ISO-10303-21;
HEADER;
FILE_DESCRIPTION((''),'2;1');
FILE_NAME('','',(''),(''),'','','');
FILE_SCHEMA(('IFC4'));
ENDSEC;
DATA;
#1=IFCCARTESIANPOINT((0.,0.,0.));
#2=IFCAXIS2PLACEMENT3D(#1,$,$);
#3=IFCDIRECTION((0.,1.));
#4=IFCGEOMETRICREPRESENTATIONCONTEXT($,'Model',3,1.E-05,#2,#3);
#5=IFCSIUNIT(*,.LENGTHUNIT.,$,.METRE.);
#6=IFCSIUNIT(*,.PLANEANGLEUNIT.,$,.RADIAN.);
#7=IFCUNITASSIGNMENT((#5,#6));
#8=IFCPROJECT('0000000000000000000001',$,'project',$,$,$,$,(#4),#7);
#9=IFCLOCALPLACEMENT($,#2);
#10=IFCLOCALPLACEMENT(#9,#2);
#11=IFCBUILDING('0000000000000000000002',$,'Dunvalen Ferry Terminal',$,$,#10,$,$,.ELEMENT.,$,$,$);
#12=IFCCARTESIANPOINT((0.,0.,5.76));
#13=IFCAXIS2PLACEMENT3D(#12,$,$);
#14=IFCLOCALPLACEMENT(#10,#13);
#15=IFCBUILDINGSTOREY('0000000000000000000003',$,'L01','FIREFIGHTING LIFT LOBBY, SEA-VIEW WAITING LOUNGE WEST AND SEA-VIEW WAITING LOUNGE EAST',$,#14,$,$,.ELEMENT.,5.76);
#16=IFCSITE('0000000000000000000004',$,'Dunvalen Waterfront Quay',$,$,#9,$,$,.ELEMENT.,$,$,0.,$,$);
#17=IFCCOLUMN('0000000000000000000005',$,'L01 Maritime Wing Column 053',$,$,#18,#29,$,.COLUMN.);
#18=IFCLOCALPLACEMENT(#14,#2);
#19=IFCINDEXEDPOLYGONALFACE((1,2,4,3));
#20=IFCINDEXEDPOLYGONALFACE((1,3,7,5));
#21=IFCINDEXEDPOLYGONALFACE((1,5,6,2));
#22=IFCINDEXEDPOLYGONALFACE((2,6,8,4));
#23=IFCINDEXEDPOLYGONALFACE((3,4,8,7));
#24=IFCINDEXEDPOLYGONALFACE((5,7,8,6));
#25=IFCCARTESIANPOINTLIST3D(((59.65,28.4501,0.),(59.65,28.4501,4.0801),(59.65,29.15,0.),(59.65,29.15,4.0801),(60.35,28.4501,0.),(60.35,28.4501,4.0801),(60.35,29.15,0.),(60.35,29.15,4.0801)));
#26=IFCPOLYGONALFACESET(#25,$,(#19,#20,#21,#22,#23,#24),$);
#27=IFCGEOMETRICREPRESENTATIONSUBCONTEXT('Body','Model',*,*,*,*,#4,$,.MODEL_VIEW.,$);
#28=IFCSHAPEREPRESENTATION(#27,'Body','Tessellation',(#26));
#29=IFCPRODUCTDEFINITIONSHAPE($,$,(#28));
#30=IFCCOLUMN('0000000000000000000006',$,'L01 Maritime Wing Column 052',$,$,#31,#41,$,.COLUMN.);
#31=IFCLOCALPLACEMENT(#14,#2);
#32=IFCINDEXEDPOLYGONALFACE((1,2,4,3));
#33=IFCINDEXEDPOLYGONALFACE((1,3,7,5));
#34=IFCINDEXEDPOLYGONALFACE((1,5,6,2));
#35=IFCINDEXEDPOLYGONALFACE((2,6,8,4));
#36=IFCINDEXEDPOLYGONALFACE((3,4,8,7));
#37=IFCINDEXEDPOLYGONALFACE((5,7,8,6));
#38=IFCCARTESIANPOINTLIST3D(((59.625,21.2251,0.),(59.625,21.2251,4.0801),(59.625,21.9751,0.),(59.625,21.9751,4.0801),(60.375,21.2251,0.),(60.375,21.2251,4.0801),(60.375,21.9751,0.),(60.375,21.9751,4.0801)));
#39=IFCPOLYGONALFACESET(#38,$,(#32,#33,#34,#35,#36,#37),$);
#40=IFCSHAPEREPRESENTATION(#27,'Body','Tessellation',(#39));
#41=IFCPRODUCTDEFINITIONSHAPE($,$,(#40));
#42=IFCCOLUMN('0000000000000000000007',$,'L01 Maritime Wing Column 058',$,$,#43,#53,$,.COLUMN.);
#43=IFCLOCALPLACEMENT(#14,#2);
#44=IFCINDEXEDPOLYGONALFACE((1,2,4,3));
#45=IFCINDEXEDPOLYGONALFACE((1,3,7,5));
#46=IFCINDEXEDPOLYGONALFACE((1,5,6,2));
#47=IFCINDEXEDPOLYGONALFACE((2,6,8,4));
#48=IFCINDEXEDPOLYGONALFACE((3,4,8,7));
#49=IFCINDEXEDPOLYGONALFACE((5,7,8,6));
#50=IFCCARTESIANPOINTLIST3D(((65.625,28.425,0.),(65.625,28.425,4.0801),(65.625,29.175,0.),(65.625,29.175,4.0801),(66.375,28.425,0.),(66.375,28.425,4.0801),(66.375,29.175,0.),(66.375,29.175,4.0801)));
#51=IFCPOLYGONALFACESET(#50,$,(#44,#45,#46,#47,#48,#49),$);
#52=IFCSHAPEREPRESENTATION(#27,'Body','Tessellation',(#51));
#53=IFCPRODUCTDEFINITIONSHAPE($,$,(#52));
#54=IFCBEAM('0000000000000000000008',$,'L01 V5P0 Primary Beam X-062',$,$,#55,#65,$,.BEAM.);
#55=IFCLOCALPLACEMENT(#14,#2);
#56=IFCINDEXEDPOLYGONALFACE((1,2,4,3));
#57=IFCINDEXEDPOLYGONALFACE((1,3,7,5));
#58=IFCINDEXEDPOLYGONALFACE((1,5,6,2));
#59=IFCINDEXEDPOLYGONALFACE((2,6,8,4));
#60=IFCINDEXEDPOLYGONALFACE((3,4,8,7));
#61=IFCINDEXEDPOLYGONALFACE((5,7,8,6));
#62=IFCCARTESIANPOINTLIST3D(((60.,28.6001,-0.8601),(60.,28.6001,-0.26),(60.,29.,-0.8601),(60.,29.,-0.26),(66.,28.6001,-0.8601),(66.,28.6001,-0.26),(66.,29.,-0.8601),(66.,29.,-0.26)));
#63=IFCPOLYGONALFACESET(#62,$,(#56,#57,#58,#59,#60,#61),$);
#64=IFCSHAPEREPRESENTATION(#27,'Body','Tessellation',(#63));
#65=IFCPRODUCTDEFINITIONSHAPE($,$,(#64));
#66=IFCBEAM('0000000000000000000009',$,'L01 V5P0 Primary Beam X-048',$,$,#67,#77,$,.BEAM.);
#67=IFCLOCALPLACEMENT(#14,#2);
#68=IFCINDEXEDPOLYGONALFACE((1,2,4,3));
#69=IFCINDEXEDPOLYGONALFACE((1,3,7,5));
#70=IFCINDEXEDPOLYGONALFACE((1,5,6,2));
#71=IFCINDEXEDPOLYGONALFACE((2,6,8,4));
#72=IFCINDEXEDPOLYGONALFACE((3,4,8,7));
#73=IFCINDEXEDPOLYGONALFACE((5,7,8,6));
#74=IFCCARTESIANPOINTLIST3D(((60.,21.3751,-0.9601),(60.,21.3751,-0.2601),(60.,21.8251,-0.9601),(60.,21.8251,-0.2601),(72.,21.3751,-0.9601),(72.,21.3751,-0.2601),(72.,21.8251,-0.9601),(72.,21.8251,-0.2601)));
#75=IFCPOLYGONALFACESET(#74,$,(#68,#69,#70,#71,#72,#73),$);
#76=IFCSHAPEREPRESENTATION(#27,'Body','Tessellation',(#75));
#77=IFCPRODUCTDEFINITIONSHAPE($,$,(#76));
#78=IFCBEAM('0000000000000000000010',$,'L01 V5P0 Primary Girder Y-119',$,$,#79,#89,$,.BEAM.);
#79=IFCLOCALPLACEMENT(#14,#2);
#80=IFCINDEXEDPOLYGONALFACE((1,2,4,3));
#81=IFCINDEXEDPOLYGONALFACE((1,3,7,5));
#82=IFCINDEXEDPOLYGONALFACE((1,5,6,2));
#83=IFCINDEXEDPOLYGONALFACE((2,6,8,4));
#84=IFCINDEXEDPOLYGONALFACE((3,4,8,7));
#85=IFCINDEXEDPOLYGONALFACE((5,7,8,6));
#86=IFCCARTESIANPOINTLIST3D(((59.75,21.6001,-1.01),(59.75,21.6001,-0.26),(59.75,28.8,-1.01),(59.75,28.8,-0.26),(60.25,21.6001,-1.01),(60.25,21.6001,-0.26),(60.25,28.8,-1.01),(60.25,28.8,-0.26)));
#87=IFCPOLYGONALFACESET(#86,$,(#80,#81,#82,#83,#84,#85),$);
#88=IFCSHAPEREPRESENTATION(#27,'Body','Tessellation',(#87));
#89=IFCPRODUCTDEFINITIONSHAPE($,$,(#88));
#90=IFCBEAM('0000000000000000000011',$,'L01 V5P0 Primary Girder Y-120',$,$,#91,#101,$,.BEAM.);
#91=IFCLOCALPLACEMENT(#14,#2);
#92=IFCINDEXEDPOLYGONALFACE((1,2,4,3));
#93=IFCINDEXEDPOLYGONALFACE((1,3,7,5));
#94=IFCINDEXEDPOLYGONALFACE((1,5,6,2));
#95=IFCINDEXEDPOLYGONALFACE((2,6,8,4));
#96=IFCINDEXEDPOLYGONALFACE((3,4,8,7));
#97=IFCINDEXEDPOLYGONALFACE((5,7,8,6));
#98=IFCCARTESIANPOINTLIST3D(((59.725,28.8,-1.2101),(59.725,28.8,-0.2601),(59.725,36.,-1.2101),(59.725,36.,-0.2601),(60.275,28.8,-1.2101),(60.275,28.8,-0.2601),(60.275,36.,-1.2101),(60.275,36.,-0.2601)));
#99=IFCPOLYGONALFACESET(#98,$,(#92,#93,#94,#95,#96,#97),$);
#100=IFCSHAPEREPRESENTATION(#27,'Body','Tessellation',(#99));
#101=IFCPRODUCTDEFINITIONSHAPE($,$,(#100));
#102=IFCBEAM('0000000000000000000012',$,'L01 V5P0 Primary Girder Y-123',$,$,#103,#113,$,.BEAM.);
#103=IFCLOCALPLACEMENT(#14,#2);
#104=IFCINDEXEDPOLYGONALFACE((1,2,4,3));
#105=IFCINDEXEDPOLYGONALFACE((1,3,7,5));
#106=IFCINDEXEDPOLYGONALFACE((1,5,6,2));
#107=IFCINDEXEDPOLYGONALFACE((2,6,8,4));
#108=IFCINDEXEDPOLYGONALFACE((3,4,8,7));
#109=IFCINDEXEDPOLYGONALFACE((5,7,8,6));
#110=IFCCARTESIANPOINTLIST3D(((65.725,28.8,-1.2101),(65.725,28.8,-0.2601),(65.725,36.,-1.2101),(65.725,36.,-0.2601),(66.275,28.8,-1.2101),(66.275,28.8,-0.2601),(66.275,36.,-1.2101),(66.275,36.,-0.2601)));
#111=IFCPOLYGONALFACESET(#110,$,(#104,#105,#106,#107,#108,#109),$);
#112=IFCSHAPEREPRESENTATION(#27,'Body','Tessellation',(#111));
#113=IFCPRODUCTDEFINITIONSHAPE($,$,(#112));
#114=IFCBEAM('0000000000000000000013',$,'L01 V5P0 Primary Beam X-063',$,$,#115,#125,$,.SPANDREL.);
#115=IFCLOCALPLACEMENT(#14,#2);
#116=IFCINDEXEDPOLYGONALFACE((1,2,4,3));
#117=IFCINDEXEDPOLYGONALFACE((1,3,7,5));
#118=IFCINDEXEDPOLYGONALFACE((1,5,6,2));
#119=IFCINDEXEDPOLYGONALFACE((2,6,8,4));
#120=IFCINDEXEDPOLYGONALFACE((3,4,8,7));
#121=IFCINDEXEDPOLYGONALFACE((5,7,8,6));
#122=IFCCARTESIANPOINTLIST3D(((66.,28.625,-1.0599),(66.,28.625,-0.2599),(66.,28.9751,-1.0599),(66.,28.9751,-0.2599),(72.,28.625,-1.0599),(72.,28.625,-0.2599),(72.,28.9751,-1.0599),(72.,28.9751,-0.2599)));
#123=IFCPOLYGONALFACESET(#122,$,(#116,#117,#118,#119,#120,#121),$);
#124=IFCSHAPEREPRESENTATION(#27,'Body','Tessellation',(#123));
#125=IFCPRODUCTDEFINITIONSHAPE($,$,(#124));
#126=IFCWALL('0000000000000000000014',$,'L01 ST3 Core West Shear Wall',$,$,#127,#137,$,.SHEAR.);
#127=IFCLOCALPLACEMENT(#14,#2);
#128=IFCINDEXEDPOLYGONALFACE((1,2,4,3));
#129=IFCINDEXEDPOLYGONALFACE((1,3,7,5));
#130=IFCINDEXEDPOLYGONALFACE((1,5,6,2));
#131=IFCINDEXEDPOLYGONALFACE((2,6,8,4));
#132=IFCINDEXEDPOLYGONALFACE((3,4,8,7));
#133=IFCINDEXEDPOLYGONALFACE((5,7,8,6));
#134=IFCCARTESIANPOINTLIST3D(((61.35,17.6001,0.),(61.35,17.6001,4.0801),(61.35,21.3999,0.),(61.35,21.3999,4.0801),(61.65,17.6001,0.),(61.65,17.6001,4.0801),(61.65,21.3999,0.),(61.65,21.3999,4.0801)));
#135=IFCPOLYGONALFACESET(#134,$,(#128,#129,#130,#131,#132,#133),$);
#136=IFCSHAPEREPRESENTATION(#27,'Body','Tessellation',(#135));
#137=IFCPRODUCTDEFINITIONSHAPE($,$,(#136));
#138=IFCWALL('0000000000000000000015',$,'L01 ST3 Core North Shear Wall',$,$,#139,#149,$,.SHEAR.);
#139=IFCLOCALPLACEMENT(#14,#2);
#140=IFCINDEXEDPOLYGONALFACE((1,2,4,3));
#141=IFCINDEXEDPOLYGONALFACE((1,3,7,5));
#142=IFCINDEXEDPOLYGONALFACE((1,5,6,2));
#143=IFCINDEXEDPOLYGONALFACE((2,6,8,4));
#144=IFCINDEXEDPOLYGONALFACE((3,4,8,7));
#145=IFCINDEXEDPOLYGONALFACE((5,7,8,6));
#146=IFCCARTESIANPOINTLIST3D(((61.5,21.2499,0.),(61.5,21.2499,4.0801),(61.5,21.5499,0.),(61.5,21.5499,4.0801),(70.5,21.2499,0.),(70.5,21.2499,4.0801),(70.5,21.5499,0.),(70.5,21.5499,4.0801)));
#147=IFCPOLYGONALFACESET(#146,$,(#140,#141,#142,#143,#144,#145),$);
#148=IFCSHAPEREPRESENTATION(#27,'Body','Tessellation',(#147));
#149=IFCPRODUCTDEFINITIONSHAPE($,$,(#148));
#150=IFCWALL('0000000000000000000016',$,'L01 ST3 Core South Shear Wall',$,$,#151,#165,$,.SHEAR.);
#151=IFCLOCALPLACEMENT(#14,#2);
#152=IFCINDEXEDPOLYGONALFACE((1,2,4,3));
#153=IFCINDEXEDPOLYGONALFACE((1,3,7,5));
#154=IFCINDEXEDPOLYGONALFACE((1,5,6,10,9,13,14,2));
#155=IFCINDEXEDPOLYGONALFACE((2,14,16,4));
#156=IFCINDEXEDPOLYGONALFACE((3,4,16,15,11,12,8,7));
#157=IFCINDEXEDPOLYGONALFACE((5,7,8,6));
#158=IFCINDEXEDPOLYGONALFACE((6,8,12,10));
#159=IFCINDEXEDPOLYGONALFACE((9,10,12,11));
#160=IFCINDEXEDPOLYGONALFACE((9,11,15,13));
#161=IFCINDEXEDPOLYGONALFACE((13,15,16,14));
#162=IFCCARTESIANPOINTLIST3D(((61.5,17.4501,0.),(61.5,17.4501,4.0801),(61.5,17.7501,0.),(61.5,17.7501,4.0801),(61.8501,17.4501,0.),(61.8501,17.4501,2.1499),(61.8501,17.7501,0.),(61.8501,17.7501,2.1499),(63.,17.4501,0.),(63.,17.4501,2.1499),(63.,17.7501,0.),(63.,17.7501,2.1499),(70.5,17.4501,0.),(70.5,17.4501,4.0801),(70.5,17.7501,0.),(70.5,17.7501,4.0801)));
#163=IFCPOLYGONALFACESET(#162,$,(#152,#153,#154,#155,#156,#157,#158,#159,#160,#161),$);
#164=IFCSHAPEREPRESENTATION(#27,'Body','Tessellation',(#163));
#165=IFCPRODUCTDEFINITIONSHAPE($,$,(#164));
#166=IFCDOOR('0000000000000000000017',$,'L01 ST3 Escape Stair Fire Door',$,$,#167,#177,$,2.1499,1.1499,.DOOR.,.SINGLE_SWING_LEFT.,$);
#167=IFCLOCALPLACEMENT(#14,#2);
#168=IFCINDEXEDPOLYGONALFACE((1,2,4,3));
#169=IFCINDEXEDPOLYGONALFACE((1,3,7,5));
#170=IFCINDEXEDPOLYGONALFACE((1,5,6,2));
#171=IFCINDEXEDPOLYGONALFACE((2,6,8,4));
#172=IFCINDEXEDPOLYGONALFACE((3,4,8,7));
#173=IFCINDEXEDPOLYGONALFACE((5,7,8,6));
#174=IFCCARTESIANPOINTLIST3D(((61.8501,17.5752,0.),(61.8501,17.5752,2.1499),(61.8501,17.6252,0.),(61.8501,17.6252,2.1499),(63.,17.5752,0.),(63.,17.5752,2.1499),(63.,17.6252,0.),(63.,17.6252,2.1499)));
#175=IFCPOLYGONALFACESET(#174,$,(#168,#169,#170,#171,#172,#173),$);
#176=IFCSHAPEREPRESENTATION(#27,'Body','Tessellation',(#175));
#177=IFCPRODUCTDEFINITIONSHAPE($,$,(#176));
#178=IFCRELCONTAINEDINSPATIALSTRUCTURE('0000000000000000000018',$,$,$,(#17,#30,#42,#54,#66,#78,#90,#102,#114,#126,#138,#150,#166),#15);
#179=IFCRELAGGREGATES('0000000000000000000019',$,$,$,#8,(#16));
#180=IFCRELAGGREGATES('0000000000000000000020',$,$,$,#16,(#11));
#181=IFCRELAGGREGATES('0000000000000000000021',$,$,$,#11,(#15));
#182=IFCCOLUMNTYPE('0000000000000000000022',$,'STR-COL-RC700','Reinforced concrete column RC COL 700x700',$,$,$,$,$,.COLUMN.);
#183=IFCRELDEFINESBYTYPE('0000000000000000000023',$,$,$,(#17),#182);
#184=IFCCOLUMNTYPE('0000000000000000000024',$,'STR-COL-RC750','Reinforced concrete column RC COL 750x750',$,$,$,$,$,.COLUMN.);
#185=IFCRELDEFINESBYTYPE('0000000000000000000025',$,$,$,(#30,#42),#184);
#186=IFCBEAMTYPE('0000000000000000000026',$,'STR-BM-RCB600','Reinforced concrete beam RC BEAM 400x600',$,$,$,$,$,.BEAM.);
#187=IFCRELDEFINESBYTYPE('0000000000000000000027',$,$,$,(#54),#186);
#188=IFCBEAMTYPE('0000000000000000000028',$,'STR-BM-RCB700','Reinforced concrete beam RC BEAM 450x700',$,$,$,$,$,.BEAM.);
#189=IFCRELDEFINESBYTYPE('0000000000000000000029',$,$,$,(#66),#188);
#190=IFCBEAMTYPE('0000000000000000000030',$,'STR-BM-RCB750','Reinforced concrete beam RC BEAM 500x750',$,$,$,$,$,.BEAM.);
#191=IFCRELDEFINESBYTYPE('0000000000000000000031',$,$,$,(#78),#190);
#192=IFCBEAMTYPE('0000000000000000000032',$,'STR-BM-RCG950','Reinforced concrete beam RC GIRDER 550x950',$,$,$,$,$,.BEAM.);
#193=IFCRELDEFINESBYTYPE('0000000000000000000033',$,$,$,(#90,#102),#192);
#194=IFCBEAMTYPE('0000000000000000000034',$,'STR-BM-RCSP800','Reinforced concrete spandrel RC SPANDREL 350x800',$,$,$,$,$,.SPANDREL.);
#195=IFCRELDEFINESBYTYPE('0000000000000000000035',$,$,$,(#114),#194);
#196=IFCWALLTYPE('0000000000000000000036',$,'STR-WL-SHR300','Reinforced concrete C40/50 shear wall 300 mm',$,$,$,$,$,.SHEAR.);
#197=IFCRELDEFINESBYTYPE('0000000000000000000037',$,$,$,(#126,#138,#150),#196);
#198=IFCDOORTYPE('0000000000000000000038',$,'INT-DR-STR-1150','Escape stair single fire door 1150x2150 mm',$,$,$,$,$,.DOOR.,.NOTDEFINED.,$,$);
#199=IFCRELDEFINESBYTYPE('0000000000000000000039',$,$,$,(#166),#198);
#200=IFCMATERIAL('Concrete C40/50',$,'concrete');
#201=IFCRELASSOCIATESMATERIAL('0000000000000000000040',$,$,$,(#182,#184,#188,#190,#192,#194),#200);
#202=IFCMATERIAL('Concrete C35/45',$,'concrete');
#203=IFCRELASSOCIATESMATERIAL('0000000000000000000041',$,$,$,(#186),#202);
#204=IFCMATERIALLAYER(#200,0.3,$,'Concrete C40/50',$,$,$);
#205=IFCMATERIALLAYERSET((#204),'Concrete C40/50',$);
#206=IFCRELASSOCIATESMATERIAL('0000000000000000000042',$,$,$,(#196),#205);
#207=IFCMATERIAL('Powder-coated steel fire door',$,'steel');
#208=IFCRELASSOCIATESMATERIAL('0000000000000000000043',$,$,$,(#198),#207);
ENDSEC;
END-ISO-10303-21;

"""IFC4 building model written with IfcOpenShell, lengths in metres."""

from ifc_helpers import new_model, si_unit, direction, frame, frame_2d, origin, origin_2d, place, context, subcontext, project, spatial, rectangle, extrude, material, layer, layer_set, material_profile, profile_set, type_object, element, fill, save


model = new_model("IFC4")

# Units and contexts
model_context = context("Model", 3, precision=1e-05, world=origin(), true_north=direction((0.0, 1.0)))
body_context = subcontext(model_context, "Body", "Model", "MODEL_VIEW")
ifc_project = project(units=[si_unit("LENGTHUNIT", "METRE"), si_unit("PLANEANGLEUNIT", "RADIAN")], contexts=[model_context])

# Site, building, storey
site_placement = place(None, origin())
site = spatial("IfcSite", under=ifc_project, at=site_placement, Name="Dunvalen Waterfront Quay", CompositionType="ELEMENT", RefElevation=0.0)
building_placement = place(site_placement, origin())
building = spatial("IfcBuilding", under=site, at=building_placement, Name="Dunvalen Ferry Terminal", CompositionType="ELEMENT")
storey_placement = place(building_placement, frame((0.0, 0.0, 5.76)))
storey = spatial("IfcBuildingStorey", under=building, at=storey_placement, Name="L01", Description="FIREFIGHTING LIFT LOBBY, SEA-VIEW WAITING LOUNGE WEST AND SEA-VIEW WAITING LOUNGE EAST", CompositionType="ELEMENT", Elevation=5.76)

# Columns
ifc_material_1 = material(Name="Concrete C40/50", Category="concrete")
ifc_material_profile_1 = material_profile(ifc_material_1, rectangle(XDim=0.7, YDim=0.7, at=origin_2d()), Name="Concrete C40/50")
ifc_profile_set_1 = profile_set([ifc_material_profile_1], Name="Concrete C40/50")
column_type_1 = type_object("IfcColumnType", Name="STR-COL-RC700", Description="Reinforced concrete column RC COL 700x700", PredefinedType="COLUMN", material=ifc_profile_set_1)
column_placement = place(storey_placement, frame((60.0, 28.8, 0.0), z_axis=(0.0, 0.0, 1.0), x_axis=(1.0, 0.0, 0.0)))
element("IfcColumn", 1, at=column_placement, inside=storey, type_object=column_type_1, Name="L01 Maritime Wing Column 053", PredefinedType="COLUMN", context=body_context, shape_type="SweptSolid", body=[
    extrude(rectangle(XDim=0.7, YDim=0.7, at=origin_2d()), origin(), (0.0, 0.0, 1.0), 4.0801),
])
ifc_material_profile_2 = material_profile(ifc_material_1, rectangle(XDim=0.75, YDim=0.75, at=origin_2d()), Name="Concrete C40/50")
ifc_profile_set_2 = profile_set([ifc_material_profile_2], Name="Concrete C40/50")
column_type_2 = type_object("IfcColumnType", Name="STR-COL-RC750", Description="Reinforced concrete column RC COL 750x750", PredefinedType="COLUMN", material=ifc_profile_set_2)
for number, where, z_axis, x_axis, name in (
    (2, (60.0, 21.6001, 0.0), (0.0, 0.0, 1.0), (1.0, 0.0, 0.0), "L01 Maritime Wing Column 052"),
    (3, (66.0, 28.8, 0.0), (0.0, 0.0, 1.0), (1.0, 0.0, 0.0), "L01 Maritime Wing Column 058"),
):
    element("IfcColumn", number, at=place(storey_placement, frame(where, z_axis=z_axis, x_axis=x_axis)), inside=storey, type_object=column_type_2, Name=name, PredefinedType="COLUMN", context=body_context, shape_type="SweptSolid", body=[
        extrude(rectangle(XDim=0.75, YDim=0.75, at=origin_2d()), origin(), (0.0, 0.0, 1.0), 4.0801),
    ])

# Beams
ifc_material_2 = material(Name="Concrete C35/45", Category="concrete")
ifc_material_profile_3 = material_profile(ifc_material_2, rectangle(XDim=0.3999, YDim=0.6001, at=origin_2d()), Name="Concrete C35/45")
ifc_profile_set_3 = profile_set([ifc_material_profile_3], Name="Concrete C35/45")
beam_type_1 = type_object("IfcBeamType", Name="STR-BM-RCB600", Description="Reinforced concrete beam RC BEAM 400x600", PredefinedType="BEAM", material=ifc_profile_set_3)
beam_1_placement = place(storey_placement, frame((60.0, 28.8, -0.5601), z_axis=(1.0, 0.0, 0.0), x_axis=(0.0, 1.0, 0.0)))
element("IfcBeam", 4, at=beam_1_placement, inside=storey, type_object=beam_type_1, Name="L01 V5P0 Primary Beam X-062", PredefinedType="BEAM", context=body_context, shape_type="SweptSolid", body=[
    extrude(rectangle(XDim=0.3999, YDim=0.6001, at=origin_2d()), origin(), (0.0, 0.0, 1.0), 6.0),
])
ifc_material_profile_4 = material_profile(ifc_material_1, rectangle(XDim=0.45, YDim=0.7, at=origin_2d()), Name="Concrete C40/50")
ifc_profile_set_4 = profile_set([ifc_material_profile_4], Name="Concrete C40/50")
beam_type_2 = type_object("IfcBeamType", Name="STR-BM-RCB700", Description="Reinforced concrete beam RC BEAM 450x700", PredefinedType="BEAM", material=ifc_profile_set_4)
beam_2_placement = place(storey_placement, frame((60.0, 21.6001, -0.6101), z_axis=(1.0, 0.0, 0.0), x_axis=(0.0, 1.0, 0.0)))
element("IfcBeam", 5, at=beam_2_placement, inside=storey, type_object=beam_type_2, Name="L01 V5P0 Primary Beam X-048", PredefinedType="BEAM", context=body_context, shape_type="SweptSolid", body=[
    extrude(rectangle(XDim=0.45, YDim=0.7, at=origin_2d()), origin(), (0.0, 0.0, 1.0), 12.0),
])
ifc_material_profile_5 = material_profile(ifc_material_1, rectangle(XDim=0.5, YDim=0.75, at=origin_2d()), Name="Concrete C40/50")
ifc_profile_set_5 = profile_set([ifc_material_profile_5], Name="Concrete C40/50")
beam_type_3 = type_object("IfcBeamType", Name="STR-BM-RCB750", Description="Reinforced concrete beam RC BEAM 500x750", PredefinedType="BEAM", material=ifc_profile_set_5)
beam_3_placement = place(storey_placement, frame((60.0, 21.6001, -0.635), z_axis=(0.0, 1.0, 0.0), x_axis=(-1.0, 0.0, 0.0)))
element("IfcBeam", 6, at=beam_3_placement, inside=storey, type_object=beam_type_3, Name="L01 V5P0 Primary Girder Y-119", PredefinedType="BEAM", context=body_context, shape_type="SweptSolid", body=[
    extrude(rectangle(XDim=0.5, YDim=0.75, at=origin_2d()), origin(), (0.0, 0.0, 1.0), 7.2),
])
ifc_material_profile_6 = material_profile(ifc_material_1, rectangle(XDim=0.55, YDim=0.95, at=origin_2d()), Name="Concrete C40/50")
ifc_profile_set_6 = profile_set([ifc_material_profile_6], Name="Concrete C40/50")
beam_type_4 = type_object("IfcBeamType", Name="STR-BM-RCG950", Description="Reinforced concrete beam RC GIRDER 550x950", PredefinedType="BEAM", material=ifc_profile_set_6)
for number, where, z_axis, x_axis, name in (
    (7, (60.0, 28.8, -0.7351), (0.0, 1.0, 0.0), (-1.0, 0.0, 0.0), "L01 V5P0 Primary Girder Y-120"),
    (8, (66.0, 28.8, -0.7351), (0.0, 1.0, 0.0), (-1.0, 0.0, 0.0), "L01 V5P0 Primary Girder Y-123"),
):
    element("IfcBeam", number, at=place(storey_placement, frame(where, z_axis=z_axis, x_axis=x_axis)), inside=storey, type_object=beam_type_4, Name=name, PredefinedType="BEAM", context=body_context, shape_type="SweptSolid", body=[
        extrude(rectangle(XDim=0.55, YDim=0.95, at=origin_2d()), origin(), (0.0, 0.0, 1.0), 7.2),
    ])
ifc_material_profile_7 = material_profile(ifc_material_1, rectangle(XDim=0.3501, YDim=0.8, at=origin_2d()), Name="Concrete C40/50")
ifc_profile_set_7 = profile_set([ifc_material_profile_7], Name="Concrete C40/50")
beam_type_5 = type_object("IfcBeamType", Name="STR-BM-RCSP800", Description="Reinforced concrete spandrel RC SPANDREL 350x800", PredefinedType="SPANDREL", material=ifc_profile_set_7)
beam_4_placement = place(storey_placement, frame((66.0, 28.8, -0.6599), z_axis=(1.0, 0.0, 0.0), x_axis=(0.0, 1.0, 0.0)))
element("IfcBeam", 9, at=beam_4_placement, inside=storey, type_object=beam_type_5, Name="L01 V5P0 Primary Beam X-063", PredefinedType="SPANDREL", context=body_context, shape_type="SweptSolid", body=[
    extrude(rectangle(XDim=0.3501, YDim=0.8, at=origin_2d()), origin(), (0.0, 0.0, 1.0), 6.0),
])

# Walls
ifc_layer = layer(ifc_material_1, 0.3, Name="Concrete C40/50")
ifc_layer_set = layer_set([ifc_layer], Name="Concrete C40/50")
wall_type = type_object("IfcWallType", Name="STR-WL-SHR300", Description="Reinforced concrete C40/50 shear wall 300 mm", PredefinedType="SHEAR", material=ifc_layer_set)
wall_1_placement = place(storey_placement, frame((61.5, 17.6001, 0.0), z_axis=(0.0, 0.0, 1.0), x_axis=(0.0, 1.0, 0.0)))
element("IfcWall", 10, at=wall_1_placement, inside=storey, type_object=wall_type, Name="L01 ST3 Core West Shear Wall", PredefinedType="SHEAR", context=body_context, shape_type="SweptSolid", body=[
    extrude(rectangle(XDim=3.7998, YDim=0.3, at=frame_2d((1.8999, 0.0))), origin(), (0.0, 0.0, 1.0), 4.0801),
])
wall_2_placement = place(storey_placement, frame((61.5, 21.3999, 0.0), z_axis=(0.0, 0.0, 1.0), x_axis=(1.0, 0.0, 0.0)))
element("IfcWall", 11, at=wall_2_placement, inside=storey, type_object=wall_type, Name="L01 ST3 Core North Shear Wall", PredefinedType="SHEAR", context=body_context, shape_type="SweptSolid", body=[
    extrude(rectangle(XDim=9.0, YDim=0.3, at=frame_2d((4.5, 0.0))), origin(), (0.0, 0.0, 1.0), 4.0801),
])

# Wall, opening, door
wall_3_placement = place(storey_placement, frame((61.5, 17.6001, 0.0), z_axis=(0.0, 0.0, 1.0), x_axis=(1.0, 0.0, 0.0)))
wall_3 = element("IfcWall", 12, at=wall_3_placement, inside=storey, type_object=wall_type, Name="L01 ST3 Core South Shear Wall", PredefinedType="SHEAR", context=body_context, shape_type="SweptSolid", body=[
    extrude(rectangle(XDim=9.0, YDim=0.3, at=frame_2d((4.5, 0.0))), origin(), (0.0, 0.0, 1.0), 4.0801),
])
opening_placement = place(wall_3_placement, frame((0.3501, 0.0, 0.0)))
opening = element("IfcOpeningElement", 13, at=opening_placement, cuts=wall_3, PredefinedType="OPENING", context=body_context, shape_type="SweptSolid", body=[
    extrude(rectangle(XDim=1.1499, YDim=2.1499, at=frame_2d((0.575, 1.075))), frame((0.0, 0.1602, 0.0), z_axis=(0.0, -1.0, 0.0), x_axis=(1.0, 0.0, 0.0)), (0.0, 0.0, 1.0), 0.3201),
])
ifc_material_3 = material(Name="Powder-coated steel fire door", Category="steel")
door_type = type_object("IfcDoorType", Name="INT-DR-STR-1150", Description="Escape stair single fire door 1150x2150 mm", OperationType="NOTDEFINED", PredefinedType="DOOR", material=ifc_material_3)
door_placement = place(opening_placement, frame((1.1499, 0.0, 0.0), z_axis=(0.0, 0.0, 1.0), x_axis=(-1.0, 0.0, 0.0)))
door = element("IfcDoor", 14, at=door_placement, inside=storey, type_object=door_type, Name="L01 ST3 Escape Stair Fire Door", OperationType="SINGLE_SWING_LEFT", OverallHeight=2.1499, OverallWidth=1.1499, PredefinedType="DOOR", context=body_context, shape_type="SweptSolid", body=[
    extrude(rectangle(XDim=1.1499, YDim=2.1499, at=frame_2d((0.575, 1.075))), frame((0.0, 0.0249, 0.0), z_axis=(0.0, -1.0, 0.0), x_axis=(1.0, 0.0, 0.0)), (0.0, 0.0, 1.0), 0.05),
])
fill(opening, door)

save(model, "model.ifc")
